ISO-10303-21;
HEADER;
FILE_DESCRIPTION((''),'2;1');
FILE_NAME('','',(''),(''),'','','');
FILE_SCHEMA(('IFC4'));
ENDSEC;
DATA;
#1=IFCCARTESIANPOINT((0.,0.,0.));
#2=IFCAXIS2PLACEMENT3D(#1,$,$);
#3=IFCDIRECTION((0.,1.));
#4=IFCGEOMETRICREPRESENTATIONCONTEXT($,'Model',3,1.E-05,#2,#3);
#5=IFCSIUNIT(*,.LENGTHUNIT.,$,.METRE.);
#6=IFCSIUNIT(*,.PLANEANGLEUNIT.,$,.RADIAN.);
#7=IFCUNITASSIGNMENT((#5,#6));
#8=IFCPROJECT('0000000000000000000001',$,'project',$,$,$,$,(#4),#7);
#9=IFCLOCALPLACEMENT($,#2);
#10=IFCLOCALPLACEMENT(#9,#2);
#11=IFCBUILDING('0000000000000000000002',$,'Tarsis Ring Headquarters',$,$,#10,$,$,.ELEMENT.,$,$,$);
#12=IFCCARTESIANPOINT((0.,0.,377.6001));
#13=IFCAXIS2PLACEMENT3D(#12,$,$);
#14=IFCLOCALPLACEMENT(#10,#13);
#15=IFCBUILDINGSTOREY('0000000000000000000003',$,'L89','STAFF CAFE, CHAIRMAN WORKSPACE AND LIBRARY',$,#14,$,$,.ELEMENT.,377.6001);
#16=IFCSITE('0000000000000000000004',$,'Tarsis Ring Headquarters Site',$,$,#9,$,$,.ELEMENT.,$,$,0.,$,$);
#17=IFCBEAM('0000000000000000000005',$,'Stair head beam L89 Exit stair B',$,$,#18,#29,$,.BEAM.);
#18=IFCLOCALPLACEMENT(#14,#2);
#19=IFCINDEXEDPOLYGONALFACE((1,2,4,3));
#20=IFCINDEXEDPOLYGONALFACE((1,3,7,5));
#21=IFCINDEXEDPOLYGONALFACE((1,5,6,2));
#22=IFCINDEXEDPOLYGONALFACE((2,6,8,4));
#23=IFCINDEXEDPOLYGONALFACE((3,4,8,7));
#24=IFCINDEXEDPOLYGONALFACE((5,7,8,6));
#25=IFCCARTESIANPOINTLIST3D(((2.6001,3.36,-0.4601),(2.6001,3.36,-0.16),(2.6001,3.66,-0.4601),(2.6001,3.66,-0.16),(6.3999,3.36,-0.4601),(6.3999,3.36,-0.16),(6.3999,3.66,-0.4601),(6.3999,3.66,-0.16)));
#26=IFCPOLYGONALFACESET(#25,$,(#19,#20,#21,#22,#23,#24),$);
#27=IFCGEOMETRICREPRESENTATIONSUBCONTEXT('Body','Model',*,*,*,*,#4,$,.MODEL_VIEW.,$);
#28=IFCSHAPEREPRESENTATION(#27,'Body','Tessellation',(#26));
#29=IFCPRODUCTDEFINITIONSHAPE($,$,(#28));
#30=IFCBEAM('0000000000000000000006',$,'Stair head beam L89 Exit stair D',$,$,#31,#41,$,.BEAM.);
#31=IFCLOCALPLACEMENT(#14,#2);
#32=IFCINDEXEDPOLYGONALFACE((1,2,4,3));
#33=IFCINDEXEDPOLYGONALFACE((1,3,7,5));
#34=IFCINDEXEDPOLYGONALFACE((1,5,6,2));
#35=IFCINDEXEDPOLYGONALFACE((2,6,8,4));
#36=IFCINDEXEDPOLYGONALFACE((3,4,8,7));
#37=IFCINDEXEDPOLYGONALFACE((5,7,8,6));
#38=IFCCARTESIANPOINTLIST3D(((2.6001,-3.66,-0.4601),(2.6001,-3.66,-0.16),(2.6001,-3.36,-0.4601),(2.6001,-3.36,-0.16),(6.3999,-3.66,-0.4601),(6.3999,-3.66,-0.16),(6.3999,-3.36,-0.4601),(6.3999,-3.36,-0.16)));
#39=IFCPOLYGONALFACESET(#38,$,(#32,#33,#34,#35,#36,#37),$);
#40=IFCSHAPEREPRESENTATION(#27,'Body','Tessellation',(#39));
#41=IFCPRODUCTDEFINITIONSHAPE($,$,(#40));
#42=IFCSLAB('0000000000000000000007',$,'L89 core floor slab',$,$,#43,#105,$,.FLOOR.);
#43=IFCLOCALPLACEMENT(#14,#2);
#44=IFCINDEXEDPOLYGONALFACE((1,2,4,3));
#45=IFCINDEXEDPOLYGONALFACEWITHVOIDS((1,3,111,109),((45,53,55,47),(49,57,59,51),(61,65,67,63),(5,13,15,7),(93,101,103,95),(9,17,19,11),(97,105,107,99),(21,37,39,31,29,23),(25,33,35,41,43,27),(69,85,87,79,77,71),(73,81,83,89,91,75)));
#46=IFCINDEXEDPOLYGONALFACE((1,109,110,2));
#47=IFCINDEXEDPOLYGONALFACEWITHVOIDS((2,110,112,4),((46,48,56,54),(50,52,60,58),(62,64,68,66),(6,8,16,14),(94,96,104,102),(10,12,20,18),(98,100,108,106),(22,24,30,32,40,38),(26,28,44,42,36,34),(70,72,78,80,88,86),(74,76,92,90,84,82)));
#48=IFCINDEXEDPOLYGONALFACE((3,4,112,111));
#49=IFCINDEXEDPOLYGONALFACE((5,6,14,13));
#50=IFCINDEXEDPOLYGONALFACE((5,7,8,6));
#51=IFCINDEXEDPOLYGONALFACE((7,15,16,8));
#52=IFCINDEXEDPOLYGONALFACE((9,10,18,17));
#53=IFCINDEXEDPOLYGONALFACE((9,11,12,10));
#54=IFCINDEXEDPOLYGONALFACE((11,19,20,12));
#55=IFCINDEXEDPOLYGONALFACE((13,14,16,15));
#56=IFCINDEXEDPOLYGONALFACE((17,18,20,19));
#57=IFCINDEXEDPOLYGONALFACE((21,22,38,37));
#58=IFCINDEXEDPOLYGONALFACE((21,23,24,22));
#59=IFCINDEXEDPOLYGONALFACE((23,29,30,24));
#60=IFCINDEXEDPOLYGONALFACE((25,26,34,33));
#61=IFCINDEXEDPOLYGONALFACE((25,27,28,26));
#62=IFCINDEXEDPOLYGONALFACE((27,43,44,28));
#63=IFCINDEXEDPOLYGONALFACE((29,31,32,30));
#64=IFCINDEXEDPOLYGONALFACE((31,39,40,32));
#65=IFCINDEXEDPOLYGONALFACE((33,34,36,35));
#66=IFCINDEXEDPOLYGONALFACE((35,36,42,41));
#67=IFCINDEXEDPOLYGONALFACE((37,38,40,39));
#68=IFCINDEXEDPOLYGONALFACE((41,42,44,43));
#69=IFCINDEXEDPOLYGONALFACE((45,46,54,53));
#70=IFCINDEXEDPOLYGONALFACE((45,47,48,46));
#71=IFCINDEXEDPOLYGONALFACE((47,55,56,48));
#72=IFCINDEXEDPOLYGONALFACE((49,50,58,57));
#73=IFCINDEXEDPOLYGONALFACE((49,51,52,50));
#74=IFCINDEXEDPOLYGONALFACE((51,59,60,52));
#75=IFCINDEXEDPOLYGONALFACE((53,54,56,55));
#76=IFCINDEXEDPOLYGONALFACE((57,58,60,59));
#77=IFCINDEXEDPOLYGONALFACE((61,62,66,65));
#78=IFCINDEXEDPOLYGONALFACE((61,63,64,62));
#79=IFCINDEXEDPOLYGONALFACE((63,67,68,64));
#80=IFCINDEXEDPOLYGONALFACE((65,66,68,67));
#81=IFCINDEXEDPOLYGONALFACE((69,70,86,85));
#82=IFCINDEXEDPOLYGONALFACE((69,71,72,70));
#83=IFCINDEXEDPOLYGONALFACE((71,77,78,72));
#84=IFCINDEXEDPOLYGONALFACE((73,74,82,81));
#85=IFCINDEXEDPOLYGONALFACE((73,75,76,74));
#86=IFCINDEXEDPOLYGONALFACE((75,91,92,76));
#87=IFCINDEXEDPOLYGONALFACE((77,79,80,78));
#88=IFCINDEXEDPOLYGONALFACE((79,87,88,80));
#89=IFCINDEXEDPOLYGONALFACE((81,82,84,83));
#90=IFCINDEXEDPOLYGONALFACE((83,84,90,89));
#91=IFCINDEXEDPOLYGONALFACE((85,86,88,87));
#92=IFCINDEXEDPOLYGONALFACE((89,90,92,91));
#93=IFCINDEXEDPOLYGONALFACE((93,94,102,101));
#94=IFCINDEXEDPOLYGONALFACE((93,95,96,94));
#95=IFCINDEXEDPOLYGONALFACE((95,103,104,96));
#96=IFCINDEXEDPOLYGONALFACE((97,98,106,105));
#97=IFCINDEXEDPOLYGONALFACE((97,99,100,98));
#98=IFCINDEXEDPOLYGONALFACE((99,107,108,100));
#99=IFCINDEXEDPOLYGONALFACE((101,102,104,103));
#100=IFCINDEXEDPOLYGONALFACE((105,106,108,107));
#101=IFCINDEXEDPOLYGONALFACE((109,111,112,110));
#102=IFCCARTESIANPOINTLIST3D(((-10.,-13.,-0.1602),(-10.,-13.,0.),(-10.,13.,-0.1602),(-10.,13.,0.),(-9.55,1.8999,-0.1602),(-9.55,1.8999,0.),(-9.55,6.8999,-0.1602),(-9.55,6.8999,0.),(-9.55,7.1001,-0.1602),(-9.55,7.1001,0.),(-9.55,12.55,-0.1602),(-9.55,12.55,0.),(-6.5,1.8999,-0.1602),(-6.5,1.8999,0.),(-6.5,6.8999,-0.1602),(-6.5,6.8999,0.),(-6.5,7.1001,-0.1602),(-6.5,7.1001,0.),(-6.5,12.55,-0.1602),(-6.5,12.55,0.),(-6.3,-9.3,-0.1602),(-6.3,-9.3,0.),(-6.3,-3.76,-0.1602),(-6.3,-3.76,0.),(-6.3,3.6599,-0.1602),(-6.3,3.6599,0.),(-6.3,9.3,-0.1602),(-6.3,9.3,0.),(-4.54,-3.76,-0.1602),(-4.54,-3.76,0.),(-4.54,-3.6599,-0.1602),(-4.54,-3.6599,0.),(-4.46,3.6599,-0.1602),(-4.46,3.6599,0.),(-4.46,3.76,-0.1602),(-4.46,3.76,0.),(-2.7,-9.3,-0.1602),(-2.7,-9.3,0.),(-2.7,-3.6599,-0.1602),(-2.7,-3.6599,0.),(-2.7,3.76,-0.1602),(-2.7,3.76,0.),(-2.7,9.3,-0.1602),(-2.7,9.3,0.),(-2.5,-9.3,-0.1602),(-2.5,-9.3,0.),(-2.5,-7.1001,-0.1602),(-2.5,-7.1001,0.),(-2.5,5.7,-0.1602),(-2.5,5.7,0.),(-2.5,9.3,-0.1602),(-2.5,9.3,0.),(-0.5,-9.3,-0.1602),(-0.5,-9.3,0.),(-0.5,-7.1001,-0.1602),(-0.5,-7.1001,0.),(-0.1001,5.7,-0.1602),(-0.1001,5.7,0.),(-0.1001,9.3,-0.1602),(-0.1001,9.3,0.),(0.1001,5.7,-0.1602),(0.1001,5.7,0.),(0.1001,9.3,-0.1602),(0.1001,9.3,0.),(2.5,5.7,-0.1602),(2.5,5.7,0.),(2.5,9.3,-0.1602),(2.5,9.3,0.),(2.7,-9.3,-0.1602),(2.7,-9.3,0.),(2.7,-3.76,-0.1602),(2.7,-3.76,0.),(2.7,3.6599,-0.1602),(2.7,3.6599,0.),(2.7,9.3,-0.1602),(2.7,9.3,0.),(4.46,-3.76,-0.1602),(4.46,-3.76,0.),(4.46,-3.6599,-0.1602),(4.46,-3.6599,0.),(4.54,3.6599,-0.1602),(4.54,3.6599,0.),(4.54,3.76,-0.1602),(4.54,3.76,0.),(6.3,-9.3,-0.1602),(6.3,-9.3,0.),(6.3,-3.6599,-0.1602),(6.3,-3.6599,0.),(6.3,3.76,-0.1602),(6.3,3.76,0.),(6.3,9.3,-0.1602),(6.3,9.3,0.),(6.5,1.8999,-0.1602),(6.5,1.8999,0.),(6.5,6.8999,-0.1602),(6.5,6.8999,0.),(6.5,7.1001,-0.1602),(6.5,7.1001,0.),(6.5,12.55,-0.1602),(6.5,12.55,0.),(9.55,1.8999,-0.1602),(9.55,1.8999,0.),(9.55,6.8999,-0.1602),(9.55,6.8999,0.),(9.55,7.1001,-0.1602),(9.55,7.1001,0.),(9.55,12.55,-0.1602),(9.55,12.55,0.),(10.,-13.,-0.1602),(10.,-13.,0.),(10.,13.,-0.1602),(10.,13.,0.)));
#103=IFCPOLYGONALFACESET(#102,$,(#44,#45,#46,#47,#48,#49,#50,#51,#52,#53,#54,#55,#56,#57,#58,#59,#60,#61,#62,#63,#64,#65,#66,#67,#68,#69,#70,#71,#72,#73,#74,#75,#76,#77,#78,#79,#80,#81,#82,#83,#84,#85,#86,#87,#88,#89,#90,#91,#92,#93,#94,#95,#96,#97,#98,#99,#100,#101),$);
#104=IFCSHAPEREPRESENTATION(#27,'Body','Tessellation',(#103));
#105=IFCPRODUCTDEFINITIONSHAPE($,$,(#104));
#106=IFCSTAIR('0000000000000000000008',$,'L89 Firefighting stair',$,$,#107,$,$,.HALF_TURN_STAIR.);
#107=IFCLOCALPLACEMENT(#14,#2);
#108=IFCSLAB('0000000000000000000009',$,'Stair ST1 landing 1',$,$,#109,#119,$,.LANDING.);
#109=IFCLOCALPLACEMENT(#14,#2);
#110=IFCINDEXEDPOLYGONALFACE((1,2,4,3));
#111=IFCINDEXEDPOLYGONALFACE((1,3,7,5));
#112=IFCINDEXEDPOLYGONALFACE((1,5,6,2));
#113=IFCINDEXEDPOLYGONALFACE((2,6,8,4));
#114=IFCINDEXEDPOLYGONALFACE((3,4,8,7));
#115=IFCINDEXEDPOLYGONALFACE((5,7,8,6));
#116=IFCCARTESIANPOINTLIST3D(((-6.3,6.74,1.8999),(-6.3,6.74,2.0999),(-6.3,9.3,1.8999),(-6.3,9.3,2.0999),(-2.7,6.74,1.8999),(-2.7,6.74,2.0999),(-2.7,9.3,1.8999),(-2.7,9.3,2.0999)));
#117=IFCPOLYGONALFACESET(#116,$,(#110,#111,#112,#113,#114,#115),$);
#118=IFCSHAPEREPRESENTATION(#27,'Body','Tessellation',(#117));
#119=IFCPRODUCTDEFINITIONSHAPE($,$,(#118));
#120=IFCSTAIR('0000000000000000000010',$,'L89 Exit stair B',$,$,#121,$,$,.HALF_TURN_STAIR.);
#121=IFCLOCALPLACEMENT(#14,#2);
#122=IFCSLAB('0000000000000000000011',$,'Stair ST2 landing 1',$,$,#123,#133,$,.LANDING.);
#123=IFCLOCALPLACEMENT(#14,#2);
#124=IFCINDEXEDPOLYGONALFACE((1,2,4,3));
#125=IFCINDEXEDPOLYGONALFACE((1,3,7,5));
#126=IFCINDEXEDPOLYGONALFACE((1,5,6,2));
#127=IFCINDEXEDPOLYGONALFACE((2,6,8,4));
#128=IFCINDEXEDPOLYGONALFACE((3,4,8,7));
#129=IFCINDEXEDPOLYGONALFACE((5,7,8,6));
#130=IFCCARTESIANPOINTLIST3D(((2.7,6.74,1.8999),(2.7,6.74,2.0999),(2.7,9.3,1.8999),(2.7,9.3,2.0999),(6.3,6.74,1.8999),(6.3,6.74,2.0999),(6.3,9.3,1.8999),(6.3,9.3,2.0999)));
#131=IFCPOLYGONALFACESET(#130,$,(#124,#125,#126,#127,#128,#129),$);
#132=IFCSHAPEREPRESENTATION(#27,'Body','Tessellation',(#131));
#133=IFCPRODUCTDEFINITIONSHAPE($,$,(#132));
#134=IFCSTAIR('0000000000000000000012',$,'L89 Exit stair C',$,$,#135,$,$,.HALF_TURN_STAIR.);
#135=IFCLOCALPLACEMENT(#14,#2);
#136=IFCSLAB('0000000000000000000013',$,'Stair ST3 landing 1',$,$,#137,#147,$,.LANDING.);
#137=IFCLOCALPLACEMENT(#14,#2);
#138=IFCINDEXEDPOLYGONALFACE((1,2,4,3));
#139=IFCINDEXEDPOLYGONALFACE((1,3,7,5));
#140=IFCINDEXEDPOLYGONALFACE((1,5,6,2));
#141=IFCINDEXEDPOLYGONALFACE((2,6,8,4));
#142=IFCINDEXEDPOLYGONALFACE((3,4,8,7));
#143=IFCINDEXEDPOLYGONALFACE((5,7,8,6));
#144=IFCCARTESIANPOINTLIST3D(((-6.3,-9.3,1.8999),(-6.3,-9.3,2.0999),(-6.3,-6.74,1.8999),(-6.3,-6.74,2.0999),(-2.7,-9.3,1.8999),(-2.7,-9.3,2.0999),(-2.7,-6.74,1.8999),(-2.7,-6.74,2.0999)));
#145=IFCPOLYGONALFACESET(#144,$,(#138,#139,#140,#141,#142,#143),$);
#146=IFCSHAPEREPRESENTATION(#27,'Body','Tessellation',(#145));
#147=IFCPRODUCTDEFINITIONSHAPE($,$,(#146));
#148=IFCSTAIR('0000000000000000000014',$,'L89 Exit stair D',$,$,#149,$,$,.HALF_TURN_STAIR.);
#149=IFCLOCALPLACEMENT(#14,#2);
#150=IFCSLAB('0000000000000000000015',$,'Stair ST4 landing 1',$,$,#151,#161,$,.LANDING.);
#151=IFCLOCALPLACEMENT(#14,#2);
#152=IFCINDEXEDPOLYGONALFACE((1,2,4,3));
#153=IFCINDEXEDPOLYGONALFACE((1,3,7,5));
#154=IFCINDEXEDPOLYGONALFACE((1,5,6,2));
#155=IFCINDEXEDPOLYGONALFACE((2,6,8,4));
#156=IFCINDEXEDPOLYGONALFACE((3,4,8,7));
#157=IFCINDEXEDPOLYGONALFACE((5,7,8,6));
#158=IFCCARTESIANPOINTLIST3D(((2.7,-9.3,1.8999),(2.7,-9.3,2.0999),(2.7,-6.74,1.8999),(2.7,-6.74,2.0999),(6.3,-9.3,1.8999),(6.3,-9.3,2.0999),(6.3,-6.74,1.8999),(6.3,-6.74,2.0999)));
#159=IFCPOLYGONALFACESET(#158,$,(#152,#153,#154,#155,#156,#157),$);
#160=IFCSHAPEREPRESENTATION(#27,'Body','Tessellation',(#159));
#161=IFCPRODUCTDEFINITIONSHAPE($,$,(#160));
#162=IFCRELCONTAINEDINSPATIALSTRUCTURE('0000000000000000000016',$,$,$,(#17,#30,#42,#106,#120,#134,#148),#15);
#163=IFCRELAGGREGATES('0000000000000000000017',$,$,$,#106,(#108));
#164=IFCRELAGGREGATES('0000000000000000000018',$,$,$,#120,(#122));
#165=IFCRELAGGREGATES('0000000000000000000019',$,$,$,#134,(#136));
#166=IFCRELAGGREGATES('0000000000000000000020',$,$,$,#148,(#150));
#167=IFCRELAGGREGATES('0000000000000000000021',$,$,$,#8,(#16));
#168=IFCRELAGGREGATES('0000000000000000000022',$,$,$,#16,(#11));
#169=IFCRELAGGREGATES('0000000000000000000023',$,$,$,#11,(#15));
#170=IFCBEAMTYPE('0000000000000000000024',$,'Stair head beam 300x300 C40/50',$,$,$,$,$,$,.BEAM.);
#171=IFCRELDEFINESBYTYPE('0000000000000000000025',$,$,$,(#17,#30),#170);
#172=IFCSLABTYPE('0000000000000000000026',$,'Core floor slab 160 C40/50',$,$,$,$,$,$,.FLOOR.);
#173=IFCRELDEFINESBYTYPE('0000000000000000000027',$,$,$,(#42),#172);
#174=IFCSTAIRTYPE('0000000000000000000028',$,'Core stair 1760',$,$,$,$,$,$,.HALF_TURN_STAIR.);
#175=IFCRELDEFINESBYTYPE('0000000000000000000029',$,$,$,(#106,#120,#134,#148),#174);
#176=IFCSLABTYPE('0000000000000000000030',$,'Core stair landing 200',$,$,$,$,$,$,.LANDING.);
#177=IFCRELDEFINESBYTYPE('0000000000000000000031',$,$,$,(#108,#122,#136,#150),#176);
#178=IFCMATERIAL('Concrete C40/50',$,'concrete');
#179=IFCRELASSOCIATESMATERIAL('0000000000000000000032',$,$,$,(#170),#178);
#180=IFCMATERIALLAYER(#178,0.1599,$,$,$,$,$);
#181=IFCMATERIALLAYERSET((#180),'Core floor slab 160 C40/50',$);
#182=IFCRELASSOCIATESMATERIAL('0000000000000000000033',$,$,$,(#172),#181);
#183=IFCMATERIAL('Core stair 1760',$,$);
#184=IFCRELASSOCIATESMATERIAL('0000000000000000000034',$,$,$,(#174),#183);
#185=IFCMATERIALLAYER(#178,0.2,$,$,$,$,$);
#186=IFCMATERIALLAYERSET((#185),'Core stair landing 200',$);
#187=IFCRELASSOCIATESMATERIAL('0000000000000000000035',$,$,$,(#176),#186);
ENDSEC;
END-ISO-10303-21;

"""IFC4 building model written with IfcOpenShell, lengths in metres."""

from ifc_helpers import new_model, si_unit, direction, frame, origin, origin_2d, place, context, subcontext, project, spatial, polyline, rectangle, outline, extrude, material, layer, layer_set, material_profile, profile_set, type_object, element, aggregate, save


model = new_model("IFC4")

# Units and contexts
model_context = context("Model", 3, precision=1e-05, world=origin(), true_north=direction((0.0, 1.0)))
body_context = subcontext(model_context, "Body", "Model", "MODEL_VIEW")
ifc_project = project(units=[si_unit("LENGTHUNIT", "METRE"), si_unit("PLANEANGLEUNIT", "RADIAN")], contexts=[model_context])

# Site, building, storey
site_placement = place(None, origin())
site = spatial("IfcSite", under=ifc_project, at=site_placement, Name="Tarsis Ring Headquarters Site", CompositionType="ELEMENT", RefElevation=0.0)
building_placement = place(site_placement, origin())
building = spatial("IfcBuilding", under=site, at=building_placement, Name="Tarsis Ring Headquarters", CompositionType="ELEMENT")
storey_placement = place(building_placement, frame((0.0, 0.0, 377.6001)))
storey = spatial("IfcBuildingStorey", under=building, at=storey_placement, Name="L89", Description="STAFF CAFE, CHAIRMAN WORKSPACE AND LIBRARY", CompositionType="ELEMENT", Elevation=377.6001)

# Beams
ifc_material_1 = material(Name="Concrete C40/50", Category="concrete")
ifc_material_profile = material_profile(ifc_material_1, rectangle(XDim=0.3, YDim=0.3, at=origin_2d()), Name="Stair head beam 300x300 C40/50")
ifc_profile_set = profile_set([ifc_material_profile], Name="Concrete C40/50")
beam_type = type_object("IfcBeamType", Name="Stair head beam 300x300 C40/50", PredefinedType="BEAM", material=ifc_profile_set)
for number, where, z_axis, x_axis, name in (
    (1, (2.6001, 3.51, -0.3101), (1.0, 0.0, 0.0), (0.0, 1.0, 0.0), "Stair head beam L89 Exit stair B"),
    (2, (2.6001, -3.51, -0.3101), (1.0, 0.0, 0.0), (0.0, 1.0, 0.0), "Stair head beam L89 Exit stair D"),
):
    element("IfcBeam", number, at=place(storey_placement, frame(where, z_axis=z_axis, x_axis=x_axis)), inside=storey, type_object=beam_type, Name=name, PredefinedType="BEAM", context=body_context, shape_type="SweptSolid", body=[
        extrude(rectangle(XDim=0.3, YDim=0.3, at=origin_2d()), origin(), (0.0, 0.0, 1.0), 3.7998),
    ])

# Slab
ifc_layer_1 = layer(ifc_material_1, 0.1599)
ifc_layer_set_1 = layer_set([ifc_layer_1], Name="Core floor slab 160 C40/50")
slab_type_1 = type_object("IfcSlabType", Name="Core floor slab 160 C40/50", PredefinedType="FLOOR", material=ifc_layer_set_1)
slab_1_placement = place(storey_placement, frame((0.0, 0.0, -0.1602)))
element("IfcSlab", 3, at=slab_1_placement, inside=storey, type_object=slab_type_1, Name="L89 core floor slab", PredefinedType="FLOOR", context=body_context, shape_type="SweptSolid", body=[
    extrude(outline(polyline([(-10.0, -13.0), (10.0, -13.0), (10.0, 13.0), (-10.0, 13.0), (-10.0, -13.0)]), holes=[polyline([(-2.5, 5.7), (-0.1001, 5.7), (-0.1001, 9.3), (-2.5, 9.3), (-2.5, 5.7)]), polyline([(0.1001, 5.7), (2.5, 5.7), (2.5, 9.3), (0.1001, 9.3), (0.1001, 5.7)]), polyline([(-9.55, 1.8999), (-6.5, 1.8999), (-6.5, 6.8999), (-9.55, 6.8999), (-9.55, 1.8999)]), polyline([(-9.55, 7.1001), (-6.5, 7.1001), (-6.5, 12.55), (-9.55, 12.55), (-9.55, 7.1001)]), polyline([(6.5, 1.8999), (9.55, 1.8999), (9.55, 6.8999), (6.5, 6.8999), (6.5, 1.8999)]), polyline([(6.5, 7.1001), (9.55, 7.1001), (9.55, 12.55), (6.5, 12.55), (6.5, 7.1001)]), polyline([(-2.5, -9.3), (-0.5, -9.3), (-0.5, -7.1001), (-2.5, -7.1001), (-2.5, -9.3)]), polyline([(-2.7, 3.76), (-2.7, 9.3), (-6.3, 9.3), (-6.3, 3.6599), (-4.46, 3.6599), (-4.46, 3.76), (-2.7, 3.76)]), polyline([(6.3, 3.76), (6.3, 9.3), (2.7, 9.3), (2.7, 3.6599), (4.54, 3.6599), (4.54, 3.76), (6.3, 3.76)]), polyline([(-6.3, -3.76), (-6.3, -9.3), (-2.7, -9.3), (-2.7, -3.6599), (-4.54, -3.6599), (-4.54, -3.76), (-6.3, -3.76)]), polyline([(2.7, -3.76), (2.7, -9.3), (6.3, -9.3), (6.3, -3.6599), (4.46, -3.6599), (4.46, -3.76), (2.7, -3.76)])]), origin(), (0.0, 0.0, 1.0), 0.1602),
])

# Stairs, slabs
ifc_material_2 = material(Name="Core stair 1760")
stair_type = type_object("IfcStairType", Name="Core stair 1760", PredefinedType="HALF_TURN_STAIR", material=ifc_material_2)
stair_1_placement = place(storey_placement, origin())
stair_1 = element("IfcStair", 4, at=stair_1_placement, inside=storey, type_object=stair_type, Name="L89 Firefighting stair", PredefinedType="HALF_TURN_STAIR")
ifc_layer_2 = layer(ifc_material_1, 0.2)
ifc_layer_set_2 = layer_set([ifc_layer_2], Name="Core stair landing 200")
slab_type_2 = type_object("IfcSlabType", Name="Core stair landing 200", PredefinedType="LANDING", material=ifc_layer_set_2)
slab_2_placement = place(storey_placement, frame((0.0, 0.0, 1.8999)))
slab_2 = element("IfcSlab", 5, at=slab_2_placement, type_object=slab_type_2, Name="Stair ST1 landing 1", PredefinedType="LANDING", context=body_context, shape_type="SweptSolid", body=[
    extrude(outline(polyline([(-2.7, 6.74), (-2.7, 9.3), (-6.3, 9.3), (-6.3, 6.74), (-2.7, 6.74)])), origin(), (0.0, 0.0, 1.0), 0.2),
])
aggregate(stair_1, [slab_2])
stair_2_placement = place(storey_placement, origin())
stair_2 = element("IfcStair", 6, at=stair_2_placement, inside=storey, type_object=stair_type, Name="L89 Exit stair B", PredefinedType="HALF_TURN_STAIR")
slab_3_placement = place(storey_placement, frame((0.0, 0.0, 1.8999)))
slab_3 = element("IfcSlab", 7, at=slab_3_placement, type_object=slab_type_2, Name="Stair ST2 landing 1", PredefinedType="LANDING", context=body_context, shape_type="SweptSolid", body=[
    extrude(outline(polyline([(6.3, 6.74), (6.3, 9.3), (2.7, 9.3), (2.7, 6.74), (6.3, 6.74)])), origin(), (0.0, 0.0, 1.0), 0.2),
])
aggregate(stair_2, [slab_3])
stair_3_placement = place(storey_placement, origin())
stair_3 = element("IfcStair", 8, at=stair_3_placement, inside=storey, type_object=stair_type, Name="L89 Exit stair C", PredefinedType="HALF_TURN_STAIR")
slab_4_placement = place(storey_placement, frame((0.0, 0.0, 1.8999)))
slab_4 = element("IfcSlab", 9, at=slab_4_placement, type_object=slab_type_2, Name="Stair ST3 landing 1", PredefinedType="LANDING", context=body_context, shape_type="SweptSolid", body=[
    extrude(outline(polyline([(-6.3, -6.74), (-6.3, -9.3), (-2.7, -9.3), (-2.7, -6.74), (-6.3, -6.74)])), origin(), (0.0, 0.0, 1.0), 0.2),
])
aggregate(stair_3, [slab_4])
stair_4_placement = place(storey_placement, origin())
stair_4 = element("IfcStair", 10, at=stair_4_placement, inside=storey, type_object=stair_type, Name="L89 Exit stair D", PredefinedType="HALF_TURN_STAIR")
slab_5_placement = place(storey_placement, frame((0.0, 0.0, 1.8999)))
slab_5 = element("IfcSlab", 11, at=slab_5_placement, type_object=slab_type_2, Name="Stair ST4 landing 1", PredefinedType="LANDING", context=body_context, shape_type="SweptSolid", body=[
    extrude(outline(polyline([(2.7, -6.74), (2.7, -9.3), (6.3, -9.3), (6.3, -6.74), (2.7, -6.74)])), origin(), (0.0, 0.0, 1.0), 0.2),
])
aggregate(stair_4, [slab_5])

save(model, "model.ifc")
